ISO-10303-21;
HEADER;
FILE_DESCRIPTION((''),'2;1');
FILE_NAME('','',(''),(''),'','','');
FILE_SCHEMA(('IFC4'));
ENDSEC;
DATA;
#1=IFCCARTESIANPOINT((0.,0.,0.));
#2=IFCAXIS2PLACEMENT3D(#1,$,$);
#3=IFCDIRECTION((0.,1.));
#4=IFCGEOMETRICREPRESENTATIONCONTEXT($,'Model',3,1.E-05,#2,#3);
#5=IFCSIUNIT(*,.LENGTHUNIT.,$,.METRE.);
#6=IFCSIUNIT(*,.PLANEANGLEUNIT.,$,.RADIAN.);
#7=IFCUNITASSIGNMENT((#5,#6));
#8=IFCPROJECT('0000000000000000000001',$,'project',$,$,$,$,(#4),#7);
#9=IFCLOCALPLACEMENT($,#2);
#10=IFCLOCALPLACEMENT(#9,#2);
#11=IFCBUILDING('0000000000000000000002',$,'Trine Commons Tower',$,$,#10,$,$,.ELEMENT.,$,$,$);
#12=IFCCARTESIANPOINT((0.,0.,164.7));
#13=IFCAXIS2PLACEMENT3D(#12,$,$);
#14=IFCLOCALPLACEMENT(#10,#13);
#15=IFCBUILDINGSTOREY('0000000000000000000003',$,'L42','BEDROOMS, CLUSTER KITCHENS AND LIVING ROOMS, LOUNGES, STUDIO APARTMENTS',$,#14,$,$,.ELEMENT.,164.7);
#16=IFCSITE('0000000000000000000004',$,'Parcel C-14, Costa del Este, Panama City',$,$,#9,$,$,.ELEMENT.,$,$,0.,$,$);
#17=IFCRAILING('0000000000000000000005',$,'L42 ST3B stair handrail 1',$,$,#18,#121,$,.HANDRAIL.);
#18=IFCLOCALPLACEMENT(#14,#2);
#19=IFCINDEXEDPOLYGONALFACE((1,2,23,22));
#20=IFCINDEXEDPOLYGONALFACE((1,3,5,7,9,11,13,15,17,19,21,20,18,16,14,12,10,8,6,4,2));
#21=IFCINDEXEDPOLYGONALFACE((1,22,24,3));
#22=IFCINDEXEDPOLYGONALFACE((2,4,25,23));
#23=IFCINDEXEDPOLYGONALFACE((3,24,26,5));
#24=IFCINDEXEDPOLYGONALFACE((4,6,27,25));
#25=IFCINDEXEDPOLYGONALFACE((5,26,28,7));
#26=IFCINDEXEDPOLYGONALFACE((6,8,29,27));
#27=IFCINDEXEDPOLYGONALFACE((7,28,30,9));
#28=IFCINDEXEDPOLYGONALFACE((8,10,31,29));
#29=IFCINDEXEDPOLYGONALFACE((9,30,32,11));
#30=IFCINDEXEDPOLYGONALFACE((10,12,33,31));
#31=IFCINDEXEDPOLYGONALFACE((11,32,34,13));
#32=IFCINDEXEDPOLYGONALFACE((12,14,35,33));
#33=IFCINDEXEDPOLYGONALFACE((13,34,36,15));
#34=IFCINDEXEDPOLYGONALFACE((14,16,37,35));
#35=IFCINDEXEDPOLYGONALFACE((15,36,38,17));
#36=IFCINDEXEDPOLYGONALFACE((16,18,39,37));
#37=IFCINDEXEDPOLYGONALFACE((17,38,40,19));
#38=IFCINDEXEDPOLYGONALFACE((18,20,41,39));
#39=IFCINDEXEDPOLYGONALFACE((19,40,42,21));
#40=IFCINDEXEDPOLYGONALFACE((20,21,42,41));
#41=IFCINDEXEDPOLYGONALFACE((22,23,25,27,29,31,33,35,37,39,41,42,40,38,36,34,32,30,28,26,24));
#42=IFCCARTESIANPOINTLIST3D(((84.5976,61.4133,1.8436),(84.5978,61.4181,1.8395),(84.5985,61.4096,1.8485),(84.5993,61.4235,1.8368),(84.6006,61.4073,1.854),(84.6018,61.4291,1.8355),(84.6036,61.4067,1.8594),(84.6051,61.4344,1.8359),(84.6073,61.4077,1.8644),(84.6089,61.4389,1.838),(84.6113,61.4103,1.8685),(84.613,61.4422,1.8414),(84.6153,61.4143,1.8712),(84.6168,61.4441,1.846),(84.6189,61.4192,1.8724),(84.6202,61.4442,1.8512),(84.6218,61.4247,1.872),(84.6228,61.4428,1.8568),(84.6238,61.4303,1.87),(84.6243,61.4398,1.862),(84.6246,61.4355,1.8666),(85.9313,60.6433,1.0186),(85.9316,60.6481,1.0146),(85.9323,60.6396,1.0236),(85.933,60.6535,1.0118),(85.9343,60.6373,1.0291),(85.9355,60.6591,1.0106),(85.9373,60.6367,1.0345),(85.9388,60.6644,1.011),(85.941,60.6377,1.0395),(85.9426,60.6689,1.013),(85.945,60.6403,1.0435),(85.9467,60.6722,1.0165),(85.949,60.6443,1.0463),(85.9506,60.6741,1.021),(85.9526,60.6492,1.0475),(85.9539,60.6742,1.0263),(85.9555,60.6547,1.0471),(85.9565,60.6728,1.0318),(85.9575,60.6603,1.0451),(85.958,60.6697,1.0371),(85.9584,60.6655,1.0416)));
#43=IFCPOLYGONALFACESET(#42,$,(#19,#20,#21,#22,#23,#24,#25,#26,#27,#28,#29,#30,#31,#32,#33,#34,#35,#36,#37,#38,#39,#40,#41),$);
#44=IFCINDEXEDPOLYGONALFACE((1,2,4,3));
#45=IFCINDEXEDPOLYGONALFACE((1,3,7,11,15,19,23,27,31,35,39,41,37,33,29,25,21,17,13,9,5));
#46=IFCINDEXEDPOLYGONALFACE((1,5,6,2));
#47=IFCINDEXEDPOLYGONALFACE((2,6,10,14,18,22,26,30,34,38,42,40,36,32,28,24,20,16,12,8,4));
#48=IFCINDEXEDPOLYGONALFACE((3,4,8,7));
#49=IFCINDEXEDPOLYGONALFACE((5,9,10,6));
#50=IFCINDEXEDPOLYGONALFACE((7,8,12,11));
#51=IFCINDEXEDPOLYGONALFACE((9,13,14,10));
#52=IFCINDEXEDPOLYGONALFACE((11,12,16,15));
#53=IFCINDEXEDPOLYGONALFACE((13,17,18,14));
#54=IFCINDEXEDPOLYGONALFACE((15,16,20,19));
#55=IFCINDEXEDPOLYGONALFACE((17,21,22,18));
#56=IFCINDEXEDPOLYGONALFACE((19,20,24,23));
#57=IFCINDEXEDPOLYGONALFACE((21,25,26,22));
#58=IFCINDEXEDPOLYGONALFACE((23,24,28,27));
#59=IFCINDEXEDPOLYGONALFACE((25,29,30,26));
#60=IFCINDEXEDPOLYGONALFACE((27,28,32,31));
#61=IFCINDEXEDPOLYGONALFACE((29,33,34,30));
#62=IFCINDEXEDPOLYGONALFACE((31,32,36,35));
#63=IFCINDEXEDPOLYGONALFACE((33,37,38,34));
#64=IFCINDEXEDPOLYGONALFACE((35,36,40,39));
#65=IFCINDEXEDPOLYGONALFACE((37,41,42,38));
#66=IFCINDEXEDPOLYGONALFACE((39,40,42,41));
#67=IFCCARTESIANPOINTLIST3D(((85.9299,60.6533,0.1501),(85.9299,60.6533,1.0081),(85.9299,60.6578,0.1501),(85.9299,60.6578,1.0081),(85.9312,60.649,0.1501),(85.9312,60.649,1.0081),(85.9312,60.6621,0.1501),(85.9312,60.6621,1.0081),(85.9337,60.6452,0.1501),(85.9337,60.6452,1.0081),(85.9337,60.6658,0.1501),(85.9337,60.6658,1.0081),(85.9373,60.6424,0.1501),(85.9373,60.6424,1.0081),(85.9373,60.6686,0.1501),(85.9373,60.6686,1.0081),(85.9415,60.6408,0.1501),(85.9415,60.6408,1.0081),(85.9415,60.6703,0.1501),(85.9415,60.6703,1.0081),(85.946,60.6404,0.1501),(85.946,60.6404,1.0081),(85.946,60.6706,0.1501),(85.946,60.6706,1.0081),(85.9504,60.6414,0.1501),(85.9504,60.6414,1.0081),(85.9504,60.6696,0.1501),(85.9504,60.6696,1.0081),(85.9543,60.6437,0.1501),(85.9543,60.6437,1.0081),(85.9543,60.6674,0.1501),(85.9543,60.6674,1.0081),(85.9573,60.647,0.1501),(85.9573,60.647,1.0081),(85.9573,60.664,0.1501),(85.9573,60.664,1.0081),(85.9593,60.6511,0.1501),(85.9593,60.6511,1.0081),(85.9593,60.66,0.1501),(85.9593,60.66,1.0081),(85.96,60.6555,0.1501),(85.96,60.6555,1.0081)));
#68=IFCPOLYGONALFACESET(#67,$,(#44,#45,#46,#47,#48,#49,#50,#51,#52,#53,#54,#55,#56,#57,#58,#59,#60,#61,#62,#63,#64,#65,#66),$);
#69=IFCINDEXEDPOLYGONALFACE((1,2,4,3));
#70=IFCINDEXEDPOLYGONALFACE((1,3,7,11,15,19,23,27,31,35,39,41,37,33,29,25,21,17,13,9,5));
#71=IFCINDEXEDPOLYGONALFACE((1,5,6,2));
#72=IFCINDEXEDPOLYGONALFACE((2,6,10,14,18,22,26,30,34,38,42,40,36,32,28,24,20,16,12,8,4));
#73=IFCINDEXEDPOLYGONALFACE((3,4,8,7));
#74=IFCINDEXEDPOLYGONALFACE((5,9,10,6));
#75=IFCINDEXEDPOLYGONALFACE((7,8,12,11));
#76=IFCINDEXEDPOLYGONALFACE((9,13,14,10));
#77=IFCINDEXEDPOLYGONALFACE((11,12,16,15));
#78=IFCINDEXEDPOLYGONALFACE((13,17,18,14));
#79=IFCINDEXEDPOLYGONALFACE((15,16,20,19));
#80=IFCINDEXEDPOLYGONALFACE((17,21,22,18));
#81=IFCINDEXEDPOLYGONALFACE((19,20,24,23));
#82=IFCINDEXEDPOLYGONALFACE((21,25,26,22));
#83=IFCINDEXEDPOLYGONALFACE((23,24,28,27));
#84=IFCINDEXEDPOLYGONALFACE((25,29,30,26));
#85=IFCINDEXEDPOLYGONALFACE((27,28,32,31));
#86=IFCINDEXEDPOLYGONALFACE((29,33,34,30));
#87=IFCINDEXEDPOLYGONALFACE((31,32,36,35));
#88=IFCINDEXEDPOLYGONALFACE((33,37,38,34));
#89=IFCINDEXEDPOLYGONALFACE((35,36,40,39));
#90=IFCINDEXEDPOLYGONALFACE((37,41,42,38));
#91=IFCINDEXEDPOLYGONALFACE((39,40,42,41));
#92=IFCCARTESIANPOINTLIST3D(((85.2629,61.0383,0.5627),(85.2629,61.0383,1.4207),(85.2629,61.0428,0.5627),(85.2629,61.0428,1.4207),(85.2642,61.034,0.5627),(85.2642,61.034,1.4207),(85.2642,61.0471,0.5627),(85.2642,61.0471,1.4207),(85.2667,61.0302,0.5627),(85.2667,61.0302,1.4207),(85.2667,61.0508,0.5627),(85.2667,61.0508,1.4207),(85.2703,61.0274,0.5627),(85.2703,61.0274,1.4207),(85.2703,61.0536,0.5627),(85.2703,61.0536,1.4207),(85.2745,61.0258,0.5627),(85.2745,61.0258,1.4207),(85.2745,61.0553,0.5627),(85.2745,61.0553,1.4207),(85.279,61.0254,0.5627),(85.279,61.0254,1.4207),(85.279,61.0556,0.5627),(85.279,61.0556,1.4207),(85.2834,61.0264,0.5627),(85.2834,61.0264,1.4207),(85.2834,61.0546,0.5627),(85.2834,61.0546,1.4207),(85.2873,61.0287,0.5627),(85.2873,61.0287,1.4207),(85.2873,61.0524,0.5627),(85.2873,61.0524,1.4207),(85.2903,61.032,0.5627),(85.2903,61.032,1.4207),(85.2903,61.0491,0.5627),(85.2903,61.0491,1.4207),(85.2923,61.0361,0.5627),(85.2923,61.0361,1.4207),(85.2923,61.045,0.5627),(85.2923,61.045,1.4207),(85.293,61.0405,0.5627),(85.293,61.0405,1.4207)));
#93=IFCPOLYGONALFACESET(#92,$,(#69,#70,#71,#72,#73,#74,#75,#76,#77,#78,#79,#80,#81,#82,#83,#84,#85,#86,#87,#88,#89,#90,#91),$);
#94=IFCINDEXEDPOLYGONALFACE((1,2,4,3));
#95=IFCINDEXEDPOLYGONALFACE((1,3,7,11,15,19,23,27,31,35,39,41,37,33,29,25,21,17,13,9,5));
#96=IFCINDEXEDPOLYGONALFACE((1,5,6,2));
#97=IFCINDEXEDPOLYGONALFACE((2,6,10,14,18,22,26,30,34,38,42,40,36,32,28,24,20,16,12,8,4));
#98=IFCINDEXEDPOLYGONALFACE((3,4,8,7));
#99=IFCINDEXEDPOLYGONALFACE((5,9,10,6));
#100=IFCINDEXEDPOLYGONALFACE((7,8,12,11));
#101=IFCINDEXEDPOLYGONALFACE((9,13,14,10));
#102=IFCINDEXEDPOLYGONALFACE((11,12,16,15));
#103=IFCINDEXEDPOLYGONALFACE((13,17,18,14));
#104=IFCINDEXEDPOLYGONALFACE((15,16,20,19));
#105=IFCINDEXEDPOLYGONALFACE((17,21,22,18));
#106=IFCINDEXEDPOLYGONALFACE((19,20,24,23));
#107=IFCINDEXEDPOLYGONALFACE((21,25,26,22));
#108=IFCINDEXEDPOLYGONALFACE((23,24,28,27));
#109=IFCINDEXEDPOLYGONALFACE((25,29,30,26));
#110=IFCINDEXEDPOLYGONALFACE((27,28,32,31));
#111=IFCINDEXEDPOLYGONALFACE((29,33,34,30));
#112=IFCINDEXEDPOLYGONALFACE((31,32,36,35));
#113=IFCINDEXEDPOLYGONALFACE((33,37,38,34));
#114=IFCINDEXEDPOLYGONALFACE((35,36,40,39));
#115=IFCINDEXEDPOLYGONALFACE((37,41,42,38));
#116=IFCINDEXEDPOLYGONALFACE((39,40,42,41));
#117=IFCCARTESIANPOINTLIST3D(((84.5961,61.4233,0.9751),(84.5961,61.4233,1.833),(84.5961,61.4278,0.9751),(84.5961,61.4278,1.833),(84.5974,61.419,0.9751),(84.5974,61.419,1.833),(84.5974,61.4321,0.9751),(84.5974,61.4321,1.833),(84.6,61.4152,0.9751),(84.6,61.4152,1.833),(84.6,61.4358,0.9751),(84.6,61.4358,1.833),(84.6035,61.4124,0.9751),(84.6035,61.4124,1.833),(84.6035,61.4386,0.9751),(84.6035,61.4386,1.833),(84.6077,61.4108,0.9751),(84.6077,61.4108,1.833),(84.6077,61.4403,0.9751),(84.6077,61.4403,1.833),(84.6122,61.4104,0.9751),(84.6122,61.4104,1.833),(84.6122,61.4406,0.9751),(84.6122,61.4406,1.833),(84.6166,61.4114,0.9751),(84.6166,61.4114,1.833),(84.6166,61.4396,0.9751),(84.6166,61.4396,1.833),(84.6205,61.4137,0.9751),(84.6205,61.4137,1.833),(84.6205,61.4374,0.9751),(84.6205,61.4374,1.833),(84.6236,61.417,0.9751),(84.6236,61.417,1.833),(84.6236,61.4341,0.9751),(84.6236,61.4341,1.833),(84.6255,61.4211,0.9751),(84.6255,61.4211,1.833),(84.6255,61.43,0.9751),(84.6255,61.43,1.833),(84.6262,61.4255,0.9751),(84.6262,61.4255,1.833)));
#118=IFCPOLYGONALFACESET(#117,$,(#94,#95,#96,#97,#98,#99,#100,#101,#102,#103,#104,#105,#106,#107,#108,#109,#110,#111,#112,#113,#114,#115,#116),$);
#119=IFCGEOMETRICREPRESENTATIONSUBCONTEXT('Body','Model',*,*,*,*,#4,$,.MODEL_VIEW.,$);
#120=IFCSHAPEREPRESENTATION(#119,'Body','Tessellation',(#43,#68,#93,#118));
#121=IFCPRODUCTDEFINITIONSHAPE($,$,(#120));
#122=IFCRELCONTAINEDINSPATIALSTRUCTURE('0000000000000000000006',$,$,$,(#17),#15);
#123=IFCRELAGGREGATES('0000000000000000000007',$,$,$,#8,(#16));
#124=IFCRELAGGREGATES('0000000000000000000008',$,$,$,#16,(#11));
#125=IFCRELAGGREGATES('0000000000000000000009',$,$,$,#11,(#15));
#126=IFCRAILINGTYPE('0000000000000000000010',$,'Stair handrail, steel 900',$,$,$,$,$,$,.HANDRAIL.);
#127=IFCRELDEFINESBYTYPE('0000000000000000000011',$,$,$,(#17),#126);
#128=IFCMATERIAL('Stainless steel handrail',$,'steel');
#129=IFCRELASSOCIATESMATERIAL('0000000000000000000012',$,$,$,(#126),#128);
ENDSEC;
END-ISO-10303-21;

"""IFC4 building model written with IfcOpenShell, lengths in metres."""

from ifc_helpers import new_model, si_unit, direction, frame, origin, origin_2d, place, context, subcontext, project, spatial, circle, extrude, material, type_object, element, save


model = new_model("IFC4")

# Units and contexts
model_context = context("Model", 3, precision=1e-05, world=origin(), true_north=direction((0.0, 1.0)))
body_context = subcontext(model_context, "Body", "Model", "MODEL_VIEW")
ifc_project = project(units=[si_unit("LENGTHUNIT", "METRE"), si_unit("PLANEANGLEUNIT", "RADIAN")], contexts=[model_context])

# Site, building, storey
site_placement = place(None, origin())
site = spatial("IfcSite", under=ifc_project, at=site_placement, Name="Parcel C-14, Costa del Este, Panama City", CompositionType="ELEMENT", RefElevation=0.0)
building_placement = place(site_placement, origin())
building = spatial("IfcBuilding", under=site, at=building_placement, Name="Trine Commons Tower", CompositionType="ELEMENT")
storey_placement = place(building_placement, frame((0.0, 0.0, 164.7)))
storey = spatial("IfcBuildingStorey", under=building, at=storey_placement, Name="L42", Description="BEDROOMS, CLUSTER KITCHENS AND LIVING ROOMS, LOUNGES, STUDIO APARTMENTS", CompositionType="ELEMENT", Elevation=164.7)

# Railing
ifc_material_1 = material(Name="Stainless steel handrail", Category="steel")
railing_type = type_object("IfcRailingType", Name="Stair handrail, steel 900", PredefinedType="HANDRAIL", material=ifc_material_1)
railing_placement = place(storey_placement, frame((85.9448, 60.6555, 0.1501)))
element("IfcRailing", 1, at=railing_placement, inside=storey, type_object=railing_type, Name="L42 ST3B stair handrail 1", PredefinedType="HANDRAIL", context=body_context, shape_type="SweptSolid", body=[
    extrude(circle(Radius=0.021, at=origin_2d()), frame((0.0, 0.0, 0.8789), z_axis=(-0.763405, 0.440743, 0.472185), x_axis=(-0.499992, -0.86603, 0.0)), (0.0, 0.0, 1.0), 1.7471),
    extrude(circle(Radius=0.0151, at=origin_2d()), origin(), (0.0, 0.0, 1.0), 0.8579),
    extrude(circle(Radius=0.0151, at=origin_2d()), frame((-0.667, 0.385, 0.4126)), (0.0, 0.0, 1.0), 0.8579),
    extrude(circle(Radius=0.0151, at=origin_2d()), frame((-1.3337, 0.77, 0.825)), (0.0, 0.0, 1.0), 0.8579),
])

save(model, "model.ifc")
